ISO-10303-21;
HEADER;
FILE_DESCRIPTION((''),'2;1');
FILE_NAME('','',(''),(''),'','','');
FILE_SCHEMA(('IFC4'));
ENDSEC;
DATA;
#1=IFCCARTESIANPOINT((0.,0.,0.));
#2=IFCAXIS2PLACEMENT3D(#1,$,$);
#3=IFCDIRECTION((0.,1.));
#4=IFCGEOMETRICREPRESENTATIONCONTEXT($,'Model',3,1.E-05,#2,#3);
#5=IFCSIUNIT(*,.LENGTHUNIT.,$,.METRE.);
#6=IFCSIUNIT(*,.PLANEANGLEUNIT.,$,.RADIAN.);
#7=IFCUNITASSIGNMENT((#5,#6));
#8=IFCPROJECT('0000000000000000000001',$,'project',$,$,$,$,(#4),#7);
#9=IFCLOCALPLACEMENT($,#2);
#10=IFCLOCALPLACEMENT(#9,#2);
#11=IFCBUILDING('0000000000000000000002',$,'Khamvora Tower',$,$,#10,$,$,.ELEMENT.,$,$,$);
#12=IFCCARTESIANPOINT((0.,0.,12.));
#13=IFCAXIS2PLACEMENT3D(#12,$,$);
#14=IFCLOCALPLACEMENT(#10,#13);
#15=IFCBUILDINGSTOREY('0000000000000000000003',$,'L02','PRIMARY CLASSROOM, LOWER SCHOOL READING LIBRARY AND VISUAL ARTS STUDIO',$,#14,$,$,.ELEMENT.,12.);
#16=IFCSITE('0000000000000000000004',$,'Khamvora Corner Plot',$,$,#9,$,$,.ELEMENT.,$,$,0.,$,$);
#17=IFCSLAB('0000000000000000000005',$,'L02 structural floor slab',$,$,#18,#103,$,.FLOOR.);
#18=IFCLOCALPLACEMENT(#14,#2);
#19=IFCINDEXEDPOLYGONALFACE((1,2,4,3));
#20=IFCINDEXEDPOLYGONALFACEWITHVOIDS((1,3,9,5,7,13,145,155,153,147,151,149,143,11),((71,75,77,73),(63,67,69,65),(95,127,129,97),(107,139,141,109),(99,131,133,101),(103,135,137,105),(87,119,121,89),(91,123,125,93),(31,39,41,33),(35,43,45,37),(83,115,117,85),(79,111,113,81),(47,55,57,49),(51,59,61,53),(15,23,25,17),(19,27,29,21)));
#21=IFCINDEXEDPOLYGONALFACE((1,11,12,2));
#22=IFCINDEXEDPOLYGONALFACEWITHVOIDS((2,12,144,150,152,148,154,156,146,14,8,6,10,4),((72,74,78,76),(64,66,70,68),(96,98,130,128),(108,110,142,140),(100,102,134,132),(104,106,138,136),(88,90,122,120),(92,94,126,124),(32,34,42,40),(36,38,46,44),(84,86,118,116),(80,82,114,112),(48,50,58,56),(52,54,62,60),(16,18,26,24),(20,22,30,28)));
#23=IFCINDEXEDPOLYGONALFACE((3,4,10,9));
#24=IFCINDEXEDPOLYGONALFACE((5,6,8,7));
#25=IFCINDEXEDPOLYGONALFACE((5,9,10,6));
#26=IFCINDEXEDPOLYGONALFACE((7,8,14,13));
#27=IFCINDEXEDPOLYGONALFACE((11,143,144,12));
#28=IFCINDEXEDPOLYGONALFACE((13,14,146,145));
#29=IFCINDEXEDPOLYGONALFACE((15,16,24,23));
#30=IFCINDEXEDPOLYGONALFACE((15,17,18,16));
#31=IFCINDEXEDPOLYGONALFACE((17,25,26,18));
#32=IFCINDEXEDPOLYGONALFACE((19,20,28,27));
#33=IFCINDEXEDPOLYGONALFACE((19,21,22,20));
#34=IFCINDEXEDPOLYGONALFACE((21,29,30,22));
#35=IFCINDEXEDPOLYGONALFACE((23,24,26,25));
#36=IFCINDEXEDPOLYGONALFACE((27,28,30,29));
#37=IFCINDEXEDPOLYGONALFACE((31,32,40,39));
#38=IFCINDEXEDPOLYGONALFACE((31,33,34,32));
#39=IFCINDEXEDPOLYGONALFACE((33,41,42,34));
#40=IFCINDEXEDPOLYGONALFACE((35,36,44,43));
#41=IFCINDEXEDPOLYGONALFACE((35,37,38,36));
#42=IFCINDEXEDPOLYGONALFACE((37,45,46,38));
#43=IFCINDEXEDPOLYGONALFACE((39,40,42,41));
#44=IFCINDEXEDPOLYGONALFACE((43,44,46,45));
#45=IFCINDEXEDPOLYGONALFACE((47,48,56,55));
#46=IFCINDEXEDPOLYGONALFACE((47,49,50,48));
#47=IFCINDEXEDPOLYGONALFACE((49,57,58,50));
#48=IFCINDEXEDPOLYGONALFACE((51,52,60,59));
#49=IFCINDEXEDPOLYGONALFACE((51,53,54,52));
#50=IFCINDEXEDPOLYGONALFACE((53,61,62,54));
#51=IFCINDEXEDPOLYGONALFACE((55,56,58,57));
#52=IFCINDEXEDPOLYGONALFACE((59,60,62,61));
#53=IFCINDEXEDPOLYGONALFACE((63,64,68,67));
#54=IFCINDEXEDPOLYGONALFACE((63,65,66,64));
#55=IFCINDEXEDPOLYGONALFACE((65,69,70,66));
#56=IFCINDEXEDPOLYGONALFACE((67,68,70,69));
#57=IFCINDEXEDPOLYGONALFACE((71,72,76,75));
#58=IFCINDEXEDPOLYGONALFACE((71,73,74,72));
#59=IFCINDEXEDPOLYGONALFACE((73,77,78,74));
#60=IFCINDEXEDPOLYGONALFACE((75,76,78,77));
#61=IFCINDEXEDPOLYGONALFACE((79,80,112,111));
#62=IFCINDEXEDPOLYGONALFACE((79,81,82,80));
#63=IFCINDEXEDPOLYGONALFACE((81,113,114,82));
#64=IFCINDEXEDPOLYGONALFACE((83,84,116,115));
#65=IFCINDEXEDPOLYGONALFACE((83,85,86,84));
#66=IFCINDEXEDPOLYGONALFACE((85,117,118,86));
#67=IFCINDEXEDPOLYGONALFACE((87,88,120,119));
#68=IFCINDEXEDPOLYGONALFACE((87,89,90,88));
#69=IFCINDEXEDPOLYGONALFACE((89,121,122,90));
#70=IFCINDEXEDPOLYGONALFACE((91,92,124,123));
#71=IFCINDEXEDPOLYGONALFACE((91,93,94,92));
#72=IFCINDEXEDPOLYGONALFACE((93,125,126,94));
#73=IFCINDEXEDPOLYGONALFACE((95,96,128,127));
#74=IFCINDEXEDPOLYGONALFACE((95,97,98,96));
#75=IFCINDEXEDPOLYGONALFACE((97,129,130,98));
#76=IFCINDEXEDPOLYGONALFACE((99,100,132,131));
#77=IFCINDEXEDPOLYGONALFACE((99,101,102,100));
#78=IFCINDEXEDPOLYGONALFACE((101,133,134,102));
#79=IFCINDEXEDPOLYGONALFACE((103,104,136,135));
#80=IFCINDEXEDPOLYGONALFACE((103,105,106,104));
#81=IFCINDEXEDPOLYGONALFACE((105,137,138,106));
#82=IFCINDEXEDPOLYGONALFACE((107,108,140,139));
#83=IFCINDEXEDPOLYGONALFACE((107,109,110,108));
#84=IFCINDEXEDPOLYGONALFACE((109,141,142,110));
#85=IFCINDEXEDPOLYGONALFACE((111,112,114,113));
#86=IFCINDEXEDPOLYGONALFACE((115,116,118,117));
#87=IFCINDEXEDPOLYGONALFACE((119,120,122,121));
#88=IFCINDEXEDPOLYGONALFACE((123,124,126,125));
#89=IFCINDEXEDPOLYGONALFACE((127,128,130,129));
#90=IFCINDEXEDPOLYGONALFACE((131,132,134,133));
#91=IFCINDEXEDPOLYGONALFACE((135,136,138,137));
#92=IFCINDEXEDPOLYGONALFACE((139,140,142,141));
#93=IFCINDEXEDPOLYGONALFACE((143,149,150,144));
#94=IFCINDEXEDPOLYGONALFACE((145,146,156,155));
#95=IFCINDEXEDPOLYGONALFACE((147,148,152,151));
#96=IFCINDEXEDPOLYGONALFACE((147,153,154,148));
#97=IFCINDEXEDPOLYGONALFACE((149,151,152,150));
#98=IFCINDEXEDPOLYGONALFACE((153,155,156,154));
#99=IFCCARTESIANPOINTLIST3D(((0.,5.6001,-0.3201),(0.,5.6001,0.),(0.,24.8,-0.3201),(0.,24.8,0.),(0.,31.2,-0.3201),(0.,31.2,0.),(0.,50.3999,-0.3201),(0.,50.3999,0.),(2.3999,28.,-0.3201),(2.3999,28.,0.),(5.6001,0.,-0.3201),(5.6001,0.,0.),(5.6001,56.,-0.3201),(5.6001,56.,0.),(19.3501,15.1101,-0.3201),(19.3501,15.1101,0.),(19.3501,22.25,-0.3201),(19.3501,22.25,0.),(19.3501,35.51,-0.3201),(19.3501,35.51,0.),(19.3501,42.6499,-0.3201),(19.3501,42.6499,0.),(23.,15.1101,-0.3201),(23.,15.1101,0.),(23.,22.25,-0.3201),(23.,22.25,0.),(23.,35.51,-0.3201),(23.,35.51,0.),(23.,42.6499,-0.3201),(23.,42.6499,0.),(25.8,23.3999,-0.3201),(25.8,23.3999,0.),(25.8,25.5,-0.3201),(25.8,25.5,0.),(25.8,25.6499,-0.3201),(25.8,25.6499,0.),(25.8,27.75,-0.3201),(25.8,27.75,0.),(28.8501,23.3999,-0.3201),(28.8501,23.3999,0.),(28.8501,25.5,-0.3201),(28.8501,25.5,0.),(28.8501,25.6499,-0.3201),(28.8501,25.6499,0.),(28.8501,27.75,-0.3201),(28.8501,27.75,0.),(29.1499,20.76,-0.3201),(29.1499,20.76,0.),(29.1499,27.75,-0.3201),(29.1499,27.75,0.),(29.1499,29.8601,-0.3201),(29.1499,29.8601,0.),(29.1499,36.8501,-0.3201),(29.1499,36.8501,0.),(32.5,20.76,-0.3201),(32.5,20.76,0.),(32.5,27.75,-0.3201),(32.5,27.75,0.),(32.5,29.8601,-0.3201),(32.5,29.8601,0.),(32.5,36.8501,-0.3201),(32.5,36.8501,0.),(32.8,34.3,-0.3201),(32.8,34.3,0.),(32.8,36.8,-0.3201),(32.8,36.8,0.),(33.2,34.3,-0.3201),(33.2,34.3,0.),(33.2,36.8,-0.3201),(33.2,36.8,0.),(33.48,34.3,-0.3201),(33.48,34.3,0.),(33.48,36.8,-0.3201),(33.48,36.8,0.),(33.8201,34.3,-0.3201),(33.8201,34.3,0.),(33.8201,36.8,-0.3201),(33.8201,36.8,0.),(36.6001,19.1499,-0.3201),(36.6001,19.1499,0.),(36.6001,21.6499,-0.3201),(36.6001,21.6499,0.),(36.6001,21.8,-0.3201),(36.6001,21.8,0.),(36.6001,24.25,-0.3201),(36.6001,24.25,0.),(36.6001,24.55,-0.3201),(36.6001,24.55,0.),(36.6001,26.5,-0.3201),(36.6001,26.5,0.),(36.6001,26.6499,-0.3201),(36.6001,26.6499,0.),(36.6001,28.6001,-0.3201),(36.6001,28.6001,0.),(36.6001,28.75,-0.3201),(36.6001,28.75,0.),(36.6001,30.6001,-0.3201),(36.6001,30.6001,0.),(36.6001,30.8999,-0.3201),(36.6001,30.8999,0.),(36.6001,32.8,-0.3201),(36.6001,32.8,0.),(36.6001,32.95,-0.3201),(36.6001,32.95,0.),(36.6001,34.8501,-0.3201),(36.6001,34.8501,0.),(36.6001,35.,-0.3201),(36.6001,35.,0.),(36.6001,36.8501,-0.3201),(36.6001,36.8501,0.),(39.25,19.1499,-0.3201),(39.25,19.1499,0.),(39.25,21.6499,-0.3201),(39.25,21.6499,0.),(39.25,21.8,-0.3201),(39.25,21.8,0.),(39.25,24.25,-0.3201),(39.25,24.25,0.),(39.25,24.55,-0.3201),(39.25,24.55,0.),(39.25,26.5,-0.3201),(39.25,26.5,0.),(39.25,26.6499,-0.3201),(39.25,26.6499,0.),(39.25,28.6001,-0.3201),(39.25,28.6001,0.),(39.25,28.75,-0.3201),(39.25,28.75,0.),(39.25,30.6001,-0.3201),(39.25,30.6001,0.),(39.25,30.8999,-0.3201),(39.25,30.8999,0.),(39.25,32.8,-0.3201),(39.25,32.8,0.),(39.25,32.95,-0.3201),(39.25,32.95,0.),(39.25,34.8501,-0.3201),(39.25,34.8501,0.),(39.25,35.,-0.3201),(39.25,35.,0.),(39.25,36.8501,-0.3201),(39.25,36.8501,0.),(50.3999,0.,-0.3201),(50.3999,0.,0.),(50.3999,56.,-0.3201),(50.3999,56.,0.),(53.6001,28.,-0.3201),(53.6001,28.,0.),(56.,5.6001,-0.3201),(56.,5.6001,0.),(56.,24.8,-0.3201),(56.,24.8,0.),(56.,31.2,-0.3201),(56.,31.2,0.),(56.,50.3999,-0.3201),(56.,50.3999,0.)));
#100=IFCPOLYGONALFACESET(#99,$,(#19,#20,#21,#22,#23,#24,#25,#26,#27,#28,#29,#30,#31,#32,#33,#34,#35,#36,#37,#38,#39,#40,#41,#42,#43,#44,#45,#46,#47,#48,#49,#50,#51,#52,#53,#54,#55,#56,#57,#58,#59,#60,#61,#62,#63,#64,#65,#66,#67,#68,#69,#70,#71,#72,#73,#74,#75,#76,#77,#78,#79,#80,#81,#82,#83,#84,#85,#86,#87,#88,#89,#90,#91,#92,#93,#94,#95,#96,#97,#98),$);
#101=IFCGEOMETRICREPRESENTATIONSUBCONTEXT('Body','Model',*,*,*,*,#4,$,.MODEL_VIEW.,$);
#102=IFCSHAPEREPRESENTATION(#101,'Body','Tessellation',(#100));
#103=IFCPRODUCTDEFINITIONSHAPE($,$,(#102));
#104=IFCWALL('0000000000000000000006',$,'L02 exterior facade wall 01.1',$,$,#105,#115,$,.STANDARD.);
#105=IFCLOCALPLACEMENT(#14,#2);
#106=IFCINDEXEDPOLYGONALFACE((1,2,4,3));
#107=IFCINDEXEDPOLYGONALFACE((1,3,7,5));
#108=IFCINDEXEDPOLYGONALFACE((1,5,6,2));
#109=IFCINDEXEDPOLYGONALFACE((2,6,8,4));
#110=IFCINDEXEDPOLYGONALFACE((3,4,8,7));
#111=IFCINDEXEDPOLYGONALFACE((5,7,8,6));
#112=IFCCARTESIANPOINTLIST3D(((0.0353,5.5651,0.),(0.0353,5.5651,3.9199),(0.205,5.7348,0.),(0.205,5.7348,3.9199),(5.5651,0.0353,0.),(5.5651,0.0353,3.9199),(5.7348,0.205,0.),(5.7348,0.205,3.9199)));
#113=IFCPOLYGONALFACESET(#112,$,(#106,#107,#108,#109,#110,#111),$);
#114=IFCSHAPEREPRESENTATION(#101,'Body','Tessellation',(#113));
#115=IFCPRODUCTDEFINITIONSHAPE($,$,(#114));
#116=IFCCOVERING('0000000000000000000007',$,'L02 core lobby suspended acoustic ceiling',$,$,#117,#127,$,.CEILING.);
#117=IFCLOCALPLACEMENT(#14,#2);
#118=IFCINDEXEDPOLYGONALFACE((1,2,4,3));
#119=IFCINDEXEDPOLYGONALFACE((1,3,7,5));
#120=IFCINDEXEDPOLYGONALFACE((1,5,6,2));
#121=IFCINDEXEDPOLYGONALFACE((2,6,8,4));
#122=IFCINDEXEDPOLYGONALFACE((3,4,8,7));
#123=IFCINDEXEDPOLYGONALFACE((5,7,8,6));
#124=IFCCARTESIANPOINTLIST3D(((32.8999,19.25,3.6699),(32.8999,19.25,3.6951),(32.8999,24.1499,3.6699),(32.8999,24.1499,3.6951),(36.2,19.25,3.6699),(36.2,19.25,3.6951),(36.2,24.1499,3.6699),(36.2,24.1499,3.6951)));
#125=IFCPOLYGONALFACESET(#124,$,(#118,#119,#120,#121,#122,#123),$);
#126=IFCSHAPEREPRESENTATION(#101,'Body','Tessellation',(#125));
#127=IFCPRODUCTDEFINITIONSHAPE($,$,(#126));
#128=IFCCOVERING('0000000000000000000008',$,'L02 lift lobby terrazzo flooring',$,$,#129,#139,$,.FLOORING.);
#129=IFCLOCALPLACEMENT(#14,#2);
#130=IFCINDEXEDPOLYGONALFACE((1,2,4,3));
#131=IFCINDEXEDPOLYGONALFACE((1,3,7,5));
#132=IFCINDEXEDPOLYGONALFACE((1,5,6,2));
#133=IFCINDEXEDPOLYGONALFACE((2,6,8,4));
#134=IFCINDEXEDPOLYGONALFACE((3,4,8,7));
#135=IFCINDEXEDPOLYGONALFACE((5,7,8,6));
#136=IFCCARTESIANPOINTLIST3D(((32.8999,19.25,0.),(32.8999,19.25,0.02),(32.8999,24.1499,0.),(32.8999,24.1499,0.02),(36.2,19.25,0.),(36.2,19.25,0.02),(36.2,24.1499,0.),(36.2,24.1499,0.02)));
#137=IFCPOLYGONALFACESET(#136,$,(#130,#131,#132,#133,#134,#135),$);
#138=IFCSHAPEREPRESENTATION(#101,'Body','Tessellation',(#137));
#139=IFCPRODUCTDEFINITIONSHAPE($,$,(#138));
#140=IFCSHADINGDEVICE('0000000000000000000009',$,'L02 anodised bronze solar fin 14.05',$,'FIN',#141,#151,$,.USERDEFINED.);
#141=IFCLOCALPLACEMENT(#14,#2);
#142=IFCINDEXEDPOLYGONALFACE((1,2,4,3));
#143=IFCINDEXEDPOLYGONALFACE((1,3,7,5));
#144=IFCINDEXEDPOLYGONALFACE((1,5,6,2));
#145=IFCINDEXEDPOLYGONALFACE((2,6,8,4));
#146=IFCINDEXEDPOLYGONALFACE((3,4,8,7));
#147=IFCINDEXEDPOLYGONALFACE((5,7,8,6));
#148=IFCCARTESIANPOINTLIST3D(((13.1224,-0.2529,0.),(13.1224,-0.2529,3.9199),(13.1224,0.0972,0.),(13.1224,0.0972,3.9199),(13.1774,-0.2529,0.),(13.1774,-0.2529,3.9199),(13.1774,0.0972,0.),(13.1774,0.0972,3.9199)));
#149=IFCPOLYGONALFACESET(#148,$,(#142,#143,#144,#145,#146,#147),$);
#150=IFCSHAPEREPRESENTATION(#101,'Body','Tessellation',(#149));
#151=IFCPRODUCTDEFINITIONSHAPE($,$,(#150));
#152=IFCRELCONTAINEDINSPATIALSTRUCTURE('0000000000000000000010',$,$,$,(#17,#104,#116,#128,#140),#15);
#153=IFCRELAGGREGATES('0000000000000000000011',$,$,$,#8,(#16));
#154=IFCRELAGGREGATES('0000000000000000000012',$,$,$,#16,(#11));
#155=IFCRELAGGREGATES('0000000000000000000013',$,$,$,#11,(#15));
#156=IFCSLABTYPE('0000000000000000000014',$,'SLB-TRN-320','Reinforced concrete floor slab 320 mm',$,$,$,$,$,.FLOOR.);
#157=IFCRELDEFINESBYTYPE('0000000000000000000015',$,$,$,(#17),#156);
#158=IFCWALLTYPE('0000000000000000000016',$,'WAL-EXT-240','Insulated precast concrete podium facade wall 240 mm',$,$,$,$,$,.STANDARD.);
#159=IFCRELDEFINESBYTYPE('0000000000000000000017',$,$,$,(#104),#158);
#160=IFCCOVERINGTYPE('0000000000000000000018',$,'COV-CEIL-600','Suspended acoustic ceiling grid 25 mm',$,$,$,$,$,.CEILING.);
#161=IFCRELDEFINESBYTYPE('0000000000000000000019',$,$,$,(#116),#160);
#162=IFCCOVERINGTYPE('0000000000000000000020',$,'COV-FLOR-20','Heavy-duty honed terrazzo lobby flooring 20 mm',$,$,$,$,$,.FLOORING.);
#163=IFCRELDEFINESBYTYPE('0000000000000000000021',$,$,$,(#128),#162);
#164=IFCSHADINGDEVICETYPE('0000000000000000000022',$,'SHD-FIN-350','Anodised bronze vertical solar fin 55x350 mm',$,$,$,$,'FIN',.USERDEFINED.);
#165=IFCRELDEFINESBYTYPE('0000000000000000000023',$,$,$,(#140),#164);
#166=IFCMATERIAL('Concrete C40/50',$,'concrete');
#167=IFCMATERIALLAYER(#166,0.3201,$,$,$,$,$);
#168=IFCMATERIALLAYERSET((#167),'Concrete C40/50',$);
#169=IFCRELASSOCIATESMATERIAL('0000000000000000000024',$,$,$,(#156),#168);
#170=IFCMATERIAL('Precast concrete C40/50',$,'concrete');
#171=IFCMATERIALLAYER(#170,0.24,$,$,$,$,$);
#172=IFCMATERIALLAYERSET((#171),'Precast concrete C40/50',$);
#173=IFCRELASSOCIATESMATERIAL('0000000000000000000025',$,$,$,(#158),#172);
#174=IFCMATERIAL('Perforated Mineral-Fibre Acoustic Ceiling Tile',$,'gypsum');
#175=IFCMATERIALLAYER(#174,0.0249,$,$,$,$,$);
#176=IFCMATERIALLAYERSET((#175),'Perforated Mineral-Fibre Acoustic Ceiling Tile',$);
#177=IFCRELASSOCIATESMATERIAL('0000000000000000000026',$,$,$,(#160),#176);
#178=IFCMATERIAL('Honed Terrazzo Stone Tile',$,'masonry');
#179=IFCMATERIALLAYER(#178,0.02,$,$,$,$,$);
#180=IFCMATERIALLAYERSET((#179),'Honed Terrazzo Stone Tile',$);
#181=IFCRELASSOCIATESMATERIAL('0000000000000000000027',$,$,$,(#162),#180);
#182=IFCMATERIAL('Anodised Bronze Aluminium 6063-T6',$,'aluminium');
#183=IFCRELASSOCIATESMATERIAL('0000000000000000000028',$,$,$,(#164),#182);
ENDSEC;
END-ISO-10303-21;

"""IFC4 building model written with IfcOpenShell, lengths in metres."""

from ifc_helpers import new_model, si_unit, direction, frame, frame_2d, origin, origin_2d, place, context, subcontext, project, spatial, polyline, rectangle, outline, extrude, material, layer, layer_set, type_object, element, save


model = new_model("IFC4")

# Units and contexts
model_context = context("Model", 3, precision=1e-05, world=origin(), true_north=direction((0.0, 1.0)))
body_context = subcontext(model_context, "Body", "Model", "MODEL_VIEW")
ifc_project = project(units=[si_unit("LENGTHUNIT", "METRE"), si_unit("PLANEANGLEUNIT", "RADIAN")], contexts=[model_context])

# Site, building, storey
site_placement = place(None, origin())
site = spatial("IfcSite", under=ifc_project, at=site_placement, Name="Khamvora Corner Plot", CompositionType="ELEMENT", RefElevation=0.0)
building_placement = place(site_placement, origin())
building = spatial("IfcBuilding", under=site, at=building_placement, Name="Khamvora Tower", CompositionType="ELEMENT")
storey_placement = place(building_placement, frame((0.0, 0.0, 12.0)))
storey = spatial("IfcBuildingStorey", under=building, at=storey_placement, Name="L02", Description="PRIMARY CLASSROOM, LOWER SCHOOL READING LIBRARY AND VISUAL ARTS STUDIO", CompositionType="ELEMENT", Elevation=12.0)

# Shared definitions
ifc_material_1 = material(Name="Concrete C40/50", Category="concrete")

# Slab
ifc_layer_1 = layer(ifc_material_1, 0.3201)
ifc_layer_set_1 = layer_set([ifc_layer_1], Name="Concrete C40/50")
slab_type_1 = type_object("IfcSlabType", Name="SLB-TRN-320", Description="Reinforced concrete floor slab 320 mm", PredefinedType="FLOOR", material=ifc_layer_set_1)
slab_1_placement = place(storey_placement, frame((0.0, 0.0, -0.3201)))
element("IfcSlab", 1, at=slab_1_placement, inside=storey, type_object=slab_type_1, Name="L02 structural floor slab", PredefinedType="FLOOR", context=body_context, shape_type="SweptSolid", body=[
    extrude(outline(polyline([(5.6001, 0.0), (50.3999, 0.0), (56.0, 5.6001), (56.0, 24.8), (53.6001, 28.0), (56.0, 31.2), (56.0, 50.3999), (50.3999, 56.0), (5.6001, 56.0), (0.0, 50.3999), (0.0, 31.2), (2.3999, 28.0), (0.0, 24.8), (0.0, 5.6001), (5.6001, 0.0)]), holes=[polyline([(32.5, 20.76), (32.5, 27.75), (29.1499, 27.75), (29.1499, 20.76), (32.5, 20.76)]), polyline([(32.5, 29.8601), (32.5, 36.8501), (29.1499, 36.8501), (29.1499, 29.8601), (32.5, 29.8601)]), polyline([(23.0, 15.1101), (23.0, 22.25), (19.3501, 22.25), (19.3501, 15.1101), (23.0, 15.1101)]), polyline([(23.0, 35.51), (23.0, 42.6499), (19.3501, 42.6499), (19.3501, 35.51), (23.0, 35.51)]), polyline([(36.6001, 19.1499), (39.25, 19.1499), (39.25, 21.6499), (36.6001, 21.6499), (36.6001, 19.1499)]), polyline([(36.6001, 21.8), (39.25, 21.8), (39.25, 24.25), (36.6001, 24.25), (36.6001, 21.8)]), polyline([(36.6001, 24.55), (39.25, 24.55), (39.25, 26.5), (36.6001, 26.5), (36.6001, 24.55)]), polyline([(36.6001, 26.6499), (39.25, 26.6499), (39.25, 28.6001), (36.6001, 28.6001), (36.6001, 26.6499)]), polyline([(36.6001, 28.75), (39.25, 28.75), (39.25, 30.6001), (36.6001, 30.6001), (36.6001, 28.75)]), polyline([(36.6001, 30.8999), (39.25, 30.8999), (39.25, 32.8), (36.6001, 32.8), (36.6001, 30.8999)]), polyline([(36.6001, 32.95), (39.25, 32.95), (39.25, 34.8501), (36.6001, 34.8501), (36.6001, 32.95)]), polyline([(36.6001, 35.0), (39.25, 35.0), (39.25, 36.8501), (36.6001, 36.8501), (36.6001, 35.0)]), polyline([(25.8, 23.3999), (28.8501, 23.3999), (28.8501, 25.5), (25.8, 25.5), (25.8, 23.3999)]), polyline([(25.8, 25.6499), (28.8501, 25.6499), (28.8501, 27.75), (25.8, 27.75), (25.8, 25.6499)]), polyline([(32.8, 34.3), (33.2, 34.3), (33.2, 36.8), (32.8, 36.8), (32.8, 34.3)]), polyline([(33.48, 34.3), (33.8201, 34.3), (33.8201, 36.8), (33.48, 36.8), (33.48, 34.3)])]), origin(), (0.0, 0.0, 1.0), 0.3201),
])

# Wall
ifc_material_2 = material(Name="Precast concrete C40/50", Category="concrete")
ifc_layer_2 = layer(ifc_material_2, 0.24)
ifc_layer_set_2 = layer_set([ifc_layer_2], Name="Precast concrete C40/50")
wall_type = type_object("IfcWallType", Name="WAL-EXT-240", Description="Insulated precast concrete podium facade wall 240 mm", PredefinedType="STANDARD", material=ifc_layer_set_2)
wall_placement = place(storey_placement, frame((5.6499, 0.1201, 0.0), z_axis=(0.0, 0.0, 1.0), x_axis=(-0.707107, 0.707107, 0.0)))
element("IfcWall", 2, at=wall_placement, inside=storey, type_object=wall_type, Name="L02 exterior facade wall 01.1", PredefinedType="STANDARD", context=body_context, shape_type="SweptSolid", body=[
    extrude(rectangle(XDim=7.8203, YDim=0.24, at=frame_2d((3.9102, 0.0))), origin(), (0.0, 0.0, 1.0), 3.9199),
])

# Coverings
ifc_material_3 = material(Name="Perforated Mineral-Fibre Acoustic Ceiling Tile", Category="gypsum")
ifc_layer_3 = layer(ifc_material_3, 0.0249)
ifc_layer_set_3 = layer_set([ifc_layer_3], Name="Perforated Mineral-Fibre Acoustic Ceiling Tile")
covering_type_1 = type_object("IfcCoveringType", Name="COV-CEIL-600", Description="Suspended acoustic ceiling grid 25 mm", PredefinedType="CEILING", material=ifc_layer_set_3)
covering_1_placement = place(storey_placement, frame((0.0, 0.0, 3.6699)))
element("IfcCovering", 3, at=covering_1_placement, inside=storey, type_object=covering_type_1, Name="L02 core lobby suspended acoustic ceiling", PredefinedType="CEILING", context=body_context, shape_type="SweptSolid", body=[
    extrude(outline(polyline([(32.8999, 19.25), (36.2, 19.25), (36.2, 24.1499), (32.8999, 24.1499), (32.8999, 19.25)])), origin(), (0.0, 0.0, 1.0), 0.0251),
])
ifc_material_4 = material(Name="Honed Terrazzo Stone Tile", Category="masonry")
ifc_layer_4 = layer(ifc_material_4, 0.02)
ifc_layer_set_4 = layer_set([ifc_layer_4], Name="Honed Terrazzo Stone Tile")
covering_type_2 = type_object("IfcCoveringType", Name="COV-FLOR-20", Description="Heavy-duty honed terrazzo lobby flooring 20 mm", PredefinedType="FLOORING", material=ifc_layer_set_4)
covering_2_placement = place(storey_placement, origin())
element("IfcCovering", 4, at=covering_2_placement, inside=storey, type_object=covering_type_2, Name="L02 lift lobby terrazzo flooring", PredefinedType="FLOORING", context=body_context, shape_type="SweptSolid", body=[
    extrude(outline(polyline([(32.8999, 19.25), (36.2, 19.25), (36.2, 24.1499), (32.8999, 24.1499), (32.8999, 19.25)])), origin(), (0.0, 0.0, 1.0), 0.02),
])

# Shading device
ifc_material_5 = material(Name="Anodised Bronze Aluminium 6063-T6", Category="aluminium")
shading_device_type = type_object("IfcShadingDeviceType", Name="SHD-FIN-350", Description="Anodised bronze vertical solar fin 55x350 mm", ElementType="FIN", PredefinedType="USERDEFINED", material=ifc_material_5)
shading_device_placement = place(storey_placement, frame((13.1499, -0.0779, 0.0), z_axis=(0.0, 0.0, 1.0), x_axis=(-1.0, 0.0, 0.0)))
element("IfcShadingDevice", 5, at=shading_device_placement, inside=storey, type_object=shading_device_type, Name="L02 anodised bronze solar fin 14.05", ObjectType="FIN", PredefinedType="USERDEFINED", context=body_context, shape_type="SweptSolid", body=[
    extrude(rectangle(XDim=0.0549, YDim=0.3501, at=origin_2d()), origin(), (0.0, 0.0, 1.0), 3.9199),
])

save(model, "model.ifc")
